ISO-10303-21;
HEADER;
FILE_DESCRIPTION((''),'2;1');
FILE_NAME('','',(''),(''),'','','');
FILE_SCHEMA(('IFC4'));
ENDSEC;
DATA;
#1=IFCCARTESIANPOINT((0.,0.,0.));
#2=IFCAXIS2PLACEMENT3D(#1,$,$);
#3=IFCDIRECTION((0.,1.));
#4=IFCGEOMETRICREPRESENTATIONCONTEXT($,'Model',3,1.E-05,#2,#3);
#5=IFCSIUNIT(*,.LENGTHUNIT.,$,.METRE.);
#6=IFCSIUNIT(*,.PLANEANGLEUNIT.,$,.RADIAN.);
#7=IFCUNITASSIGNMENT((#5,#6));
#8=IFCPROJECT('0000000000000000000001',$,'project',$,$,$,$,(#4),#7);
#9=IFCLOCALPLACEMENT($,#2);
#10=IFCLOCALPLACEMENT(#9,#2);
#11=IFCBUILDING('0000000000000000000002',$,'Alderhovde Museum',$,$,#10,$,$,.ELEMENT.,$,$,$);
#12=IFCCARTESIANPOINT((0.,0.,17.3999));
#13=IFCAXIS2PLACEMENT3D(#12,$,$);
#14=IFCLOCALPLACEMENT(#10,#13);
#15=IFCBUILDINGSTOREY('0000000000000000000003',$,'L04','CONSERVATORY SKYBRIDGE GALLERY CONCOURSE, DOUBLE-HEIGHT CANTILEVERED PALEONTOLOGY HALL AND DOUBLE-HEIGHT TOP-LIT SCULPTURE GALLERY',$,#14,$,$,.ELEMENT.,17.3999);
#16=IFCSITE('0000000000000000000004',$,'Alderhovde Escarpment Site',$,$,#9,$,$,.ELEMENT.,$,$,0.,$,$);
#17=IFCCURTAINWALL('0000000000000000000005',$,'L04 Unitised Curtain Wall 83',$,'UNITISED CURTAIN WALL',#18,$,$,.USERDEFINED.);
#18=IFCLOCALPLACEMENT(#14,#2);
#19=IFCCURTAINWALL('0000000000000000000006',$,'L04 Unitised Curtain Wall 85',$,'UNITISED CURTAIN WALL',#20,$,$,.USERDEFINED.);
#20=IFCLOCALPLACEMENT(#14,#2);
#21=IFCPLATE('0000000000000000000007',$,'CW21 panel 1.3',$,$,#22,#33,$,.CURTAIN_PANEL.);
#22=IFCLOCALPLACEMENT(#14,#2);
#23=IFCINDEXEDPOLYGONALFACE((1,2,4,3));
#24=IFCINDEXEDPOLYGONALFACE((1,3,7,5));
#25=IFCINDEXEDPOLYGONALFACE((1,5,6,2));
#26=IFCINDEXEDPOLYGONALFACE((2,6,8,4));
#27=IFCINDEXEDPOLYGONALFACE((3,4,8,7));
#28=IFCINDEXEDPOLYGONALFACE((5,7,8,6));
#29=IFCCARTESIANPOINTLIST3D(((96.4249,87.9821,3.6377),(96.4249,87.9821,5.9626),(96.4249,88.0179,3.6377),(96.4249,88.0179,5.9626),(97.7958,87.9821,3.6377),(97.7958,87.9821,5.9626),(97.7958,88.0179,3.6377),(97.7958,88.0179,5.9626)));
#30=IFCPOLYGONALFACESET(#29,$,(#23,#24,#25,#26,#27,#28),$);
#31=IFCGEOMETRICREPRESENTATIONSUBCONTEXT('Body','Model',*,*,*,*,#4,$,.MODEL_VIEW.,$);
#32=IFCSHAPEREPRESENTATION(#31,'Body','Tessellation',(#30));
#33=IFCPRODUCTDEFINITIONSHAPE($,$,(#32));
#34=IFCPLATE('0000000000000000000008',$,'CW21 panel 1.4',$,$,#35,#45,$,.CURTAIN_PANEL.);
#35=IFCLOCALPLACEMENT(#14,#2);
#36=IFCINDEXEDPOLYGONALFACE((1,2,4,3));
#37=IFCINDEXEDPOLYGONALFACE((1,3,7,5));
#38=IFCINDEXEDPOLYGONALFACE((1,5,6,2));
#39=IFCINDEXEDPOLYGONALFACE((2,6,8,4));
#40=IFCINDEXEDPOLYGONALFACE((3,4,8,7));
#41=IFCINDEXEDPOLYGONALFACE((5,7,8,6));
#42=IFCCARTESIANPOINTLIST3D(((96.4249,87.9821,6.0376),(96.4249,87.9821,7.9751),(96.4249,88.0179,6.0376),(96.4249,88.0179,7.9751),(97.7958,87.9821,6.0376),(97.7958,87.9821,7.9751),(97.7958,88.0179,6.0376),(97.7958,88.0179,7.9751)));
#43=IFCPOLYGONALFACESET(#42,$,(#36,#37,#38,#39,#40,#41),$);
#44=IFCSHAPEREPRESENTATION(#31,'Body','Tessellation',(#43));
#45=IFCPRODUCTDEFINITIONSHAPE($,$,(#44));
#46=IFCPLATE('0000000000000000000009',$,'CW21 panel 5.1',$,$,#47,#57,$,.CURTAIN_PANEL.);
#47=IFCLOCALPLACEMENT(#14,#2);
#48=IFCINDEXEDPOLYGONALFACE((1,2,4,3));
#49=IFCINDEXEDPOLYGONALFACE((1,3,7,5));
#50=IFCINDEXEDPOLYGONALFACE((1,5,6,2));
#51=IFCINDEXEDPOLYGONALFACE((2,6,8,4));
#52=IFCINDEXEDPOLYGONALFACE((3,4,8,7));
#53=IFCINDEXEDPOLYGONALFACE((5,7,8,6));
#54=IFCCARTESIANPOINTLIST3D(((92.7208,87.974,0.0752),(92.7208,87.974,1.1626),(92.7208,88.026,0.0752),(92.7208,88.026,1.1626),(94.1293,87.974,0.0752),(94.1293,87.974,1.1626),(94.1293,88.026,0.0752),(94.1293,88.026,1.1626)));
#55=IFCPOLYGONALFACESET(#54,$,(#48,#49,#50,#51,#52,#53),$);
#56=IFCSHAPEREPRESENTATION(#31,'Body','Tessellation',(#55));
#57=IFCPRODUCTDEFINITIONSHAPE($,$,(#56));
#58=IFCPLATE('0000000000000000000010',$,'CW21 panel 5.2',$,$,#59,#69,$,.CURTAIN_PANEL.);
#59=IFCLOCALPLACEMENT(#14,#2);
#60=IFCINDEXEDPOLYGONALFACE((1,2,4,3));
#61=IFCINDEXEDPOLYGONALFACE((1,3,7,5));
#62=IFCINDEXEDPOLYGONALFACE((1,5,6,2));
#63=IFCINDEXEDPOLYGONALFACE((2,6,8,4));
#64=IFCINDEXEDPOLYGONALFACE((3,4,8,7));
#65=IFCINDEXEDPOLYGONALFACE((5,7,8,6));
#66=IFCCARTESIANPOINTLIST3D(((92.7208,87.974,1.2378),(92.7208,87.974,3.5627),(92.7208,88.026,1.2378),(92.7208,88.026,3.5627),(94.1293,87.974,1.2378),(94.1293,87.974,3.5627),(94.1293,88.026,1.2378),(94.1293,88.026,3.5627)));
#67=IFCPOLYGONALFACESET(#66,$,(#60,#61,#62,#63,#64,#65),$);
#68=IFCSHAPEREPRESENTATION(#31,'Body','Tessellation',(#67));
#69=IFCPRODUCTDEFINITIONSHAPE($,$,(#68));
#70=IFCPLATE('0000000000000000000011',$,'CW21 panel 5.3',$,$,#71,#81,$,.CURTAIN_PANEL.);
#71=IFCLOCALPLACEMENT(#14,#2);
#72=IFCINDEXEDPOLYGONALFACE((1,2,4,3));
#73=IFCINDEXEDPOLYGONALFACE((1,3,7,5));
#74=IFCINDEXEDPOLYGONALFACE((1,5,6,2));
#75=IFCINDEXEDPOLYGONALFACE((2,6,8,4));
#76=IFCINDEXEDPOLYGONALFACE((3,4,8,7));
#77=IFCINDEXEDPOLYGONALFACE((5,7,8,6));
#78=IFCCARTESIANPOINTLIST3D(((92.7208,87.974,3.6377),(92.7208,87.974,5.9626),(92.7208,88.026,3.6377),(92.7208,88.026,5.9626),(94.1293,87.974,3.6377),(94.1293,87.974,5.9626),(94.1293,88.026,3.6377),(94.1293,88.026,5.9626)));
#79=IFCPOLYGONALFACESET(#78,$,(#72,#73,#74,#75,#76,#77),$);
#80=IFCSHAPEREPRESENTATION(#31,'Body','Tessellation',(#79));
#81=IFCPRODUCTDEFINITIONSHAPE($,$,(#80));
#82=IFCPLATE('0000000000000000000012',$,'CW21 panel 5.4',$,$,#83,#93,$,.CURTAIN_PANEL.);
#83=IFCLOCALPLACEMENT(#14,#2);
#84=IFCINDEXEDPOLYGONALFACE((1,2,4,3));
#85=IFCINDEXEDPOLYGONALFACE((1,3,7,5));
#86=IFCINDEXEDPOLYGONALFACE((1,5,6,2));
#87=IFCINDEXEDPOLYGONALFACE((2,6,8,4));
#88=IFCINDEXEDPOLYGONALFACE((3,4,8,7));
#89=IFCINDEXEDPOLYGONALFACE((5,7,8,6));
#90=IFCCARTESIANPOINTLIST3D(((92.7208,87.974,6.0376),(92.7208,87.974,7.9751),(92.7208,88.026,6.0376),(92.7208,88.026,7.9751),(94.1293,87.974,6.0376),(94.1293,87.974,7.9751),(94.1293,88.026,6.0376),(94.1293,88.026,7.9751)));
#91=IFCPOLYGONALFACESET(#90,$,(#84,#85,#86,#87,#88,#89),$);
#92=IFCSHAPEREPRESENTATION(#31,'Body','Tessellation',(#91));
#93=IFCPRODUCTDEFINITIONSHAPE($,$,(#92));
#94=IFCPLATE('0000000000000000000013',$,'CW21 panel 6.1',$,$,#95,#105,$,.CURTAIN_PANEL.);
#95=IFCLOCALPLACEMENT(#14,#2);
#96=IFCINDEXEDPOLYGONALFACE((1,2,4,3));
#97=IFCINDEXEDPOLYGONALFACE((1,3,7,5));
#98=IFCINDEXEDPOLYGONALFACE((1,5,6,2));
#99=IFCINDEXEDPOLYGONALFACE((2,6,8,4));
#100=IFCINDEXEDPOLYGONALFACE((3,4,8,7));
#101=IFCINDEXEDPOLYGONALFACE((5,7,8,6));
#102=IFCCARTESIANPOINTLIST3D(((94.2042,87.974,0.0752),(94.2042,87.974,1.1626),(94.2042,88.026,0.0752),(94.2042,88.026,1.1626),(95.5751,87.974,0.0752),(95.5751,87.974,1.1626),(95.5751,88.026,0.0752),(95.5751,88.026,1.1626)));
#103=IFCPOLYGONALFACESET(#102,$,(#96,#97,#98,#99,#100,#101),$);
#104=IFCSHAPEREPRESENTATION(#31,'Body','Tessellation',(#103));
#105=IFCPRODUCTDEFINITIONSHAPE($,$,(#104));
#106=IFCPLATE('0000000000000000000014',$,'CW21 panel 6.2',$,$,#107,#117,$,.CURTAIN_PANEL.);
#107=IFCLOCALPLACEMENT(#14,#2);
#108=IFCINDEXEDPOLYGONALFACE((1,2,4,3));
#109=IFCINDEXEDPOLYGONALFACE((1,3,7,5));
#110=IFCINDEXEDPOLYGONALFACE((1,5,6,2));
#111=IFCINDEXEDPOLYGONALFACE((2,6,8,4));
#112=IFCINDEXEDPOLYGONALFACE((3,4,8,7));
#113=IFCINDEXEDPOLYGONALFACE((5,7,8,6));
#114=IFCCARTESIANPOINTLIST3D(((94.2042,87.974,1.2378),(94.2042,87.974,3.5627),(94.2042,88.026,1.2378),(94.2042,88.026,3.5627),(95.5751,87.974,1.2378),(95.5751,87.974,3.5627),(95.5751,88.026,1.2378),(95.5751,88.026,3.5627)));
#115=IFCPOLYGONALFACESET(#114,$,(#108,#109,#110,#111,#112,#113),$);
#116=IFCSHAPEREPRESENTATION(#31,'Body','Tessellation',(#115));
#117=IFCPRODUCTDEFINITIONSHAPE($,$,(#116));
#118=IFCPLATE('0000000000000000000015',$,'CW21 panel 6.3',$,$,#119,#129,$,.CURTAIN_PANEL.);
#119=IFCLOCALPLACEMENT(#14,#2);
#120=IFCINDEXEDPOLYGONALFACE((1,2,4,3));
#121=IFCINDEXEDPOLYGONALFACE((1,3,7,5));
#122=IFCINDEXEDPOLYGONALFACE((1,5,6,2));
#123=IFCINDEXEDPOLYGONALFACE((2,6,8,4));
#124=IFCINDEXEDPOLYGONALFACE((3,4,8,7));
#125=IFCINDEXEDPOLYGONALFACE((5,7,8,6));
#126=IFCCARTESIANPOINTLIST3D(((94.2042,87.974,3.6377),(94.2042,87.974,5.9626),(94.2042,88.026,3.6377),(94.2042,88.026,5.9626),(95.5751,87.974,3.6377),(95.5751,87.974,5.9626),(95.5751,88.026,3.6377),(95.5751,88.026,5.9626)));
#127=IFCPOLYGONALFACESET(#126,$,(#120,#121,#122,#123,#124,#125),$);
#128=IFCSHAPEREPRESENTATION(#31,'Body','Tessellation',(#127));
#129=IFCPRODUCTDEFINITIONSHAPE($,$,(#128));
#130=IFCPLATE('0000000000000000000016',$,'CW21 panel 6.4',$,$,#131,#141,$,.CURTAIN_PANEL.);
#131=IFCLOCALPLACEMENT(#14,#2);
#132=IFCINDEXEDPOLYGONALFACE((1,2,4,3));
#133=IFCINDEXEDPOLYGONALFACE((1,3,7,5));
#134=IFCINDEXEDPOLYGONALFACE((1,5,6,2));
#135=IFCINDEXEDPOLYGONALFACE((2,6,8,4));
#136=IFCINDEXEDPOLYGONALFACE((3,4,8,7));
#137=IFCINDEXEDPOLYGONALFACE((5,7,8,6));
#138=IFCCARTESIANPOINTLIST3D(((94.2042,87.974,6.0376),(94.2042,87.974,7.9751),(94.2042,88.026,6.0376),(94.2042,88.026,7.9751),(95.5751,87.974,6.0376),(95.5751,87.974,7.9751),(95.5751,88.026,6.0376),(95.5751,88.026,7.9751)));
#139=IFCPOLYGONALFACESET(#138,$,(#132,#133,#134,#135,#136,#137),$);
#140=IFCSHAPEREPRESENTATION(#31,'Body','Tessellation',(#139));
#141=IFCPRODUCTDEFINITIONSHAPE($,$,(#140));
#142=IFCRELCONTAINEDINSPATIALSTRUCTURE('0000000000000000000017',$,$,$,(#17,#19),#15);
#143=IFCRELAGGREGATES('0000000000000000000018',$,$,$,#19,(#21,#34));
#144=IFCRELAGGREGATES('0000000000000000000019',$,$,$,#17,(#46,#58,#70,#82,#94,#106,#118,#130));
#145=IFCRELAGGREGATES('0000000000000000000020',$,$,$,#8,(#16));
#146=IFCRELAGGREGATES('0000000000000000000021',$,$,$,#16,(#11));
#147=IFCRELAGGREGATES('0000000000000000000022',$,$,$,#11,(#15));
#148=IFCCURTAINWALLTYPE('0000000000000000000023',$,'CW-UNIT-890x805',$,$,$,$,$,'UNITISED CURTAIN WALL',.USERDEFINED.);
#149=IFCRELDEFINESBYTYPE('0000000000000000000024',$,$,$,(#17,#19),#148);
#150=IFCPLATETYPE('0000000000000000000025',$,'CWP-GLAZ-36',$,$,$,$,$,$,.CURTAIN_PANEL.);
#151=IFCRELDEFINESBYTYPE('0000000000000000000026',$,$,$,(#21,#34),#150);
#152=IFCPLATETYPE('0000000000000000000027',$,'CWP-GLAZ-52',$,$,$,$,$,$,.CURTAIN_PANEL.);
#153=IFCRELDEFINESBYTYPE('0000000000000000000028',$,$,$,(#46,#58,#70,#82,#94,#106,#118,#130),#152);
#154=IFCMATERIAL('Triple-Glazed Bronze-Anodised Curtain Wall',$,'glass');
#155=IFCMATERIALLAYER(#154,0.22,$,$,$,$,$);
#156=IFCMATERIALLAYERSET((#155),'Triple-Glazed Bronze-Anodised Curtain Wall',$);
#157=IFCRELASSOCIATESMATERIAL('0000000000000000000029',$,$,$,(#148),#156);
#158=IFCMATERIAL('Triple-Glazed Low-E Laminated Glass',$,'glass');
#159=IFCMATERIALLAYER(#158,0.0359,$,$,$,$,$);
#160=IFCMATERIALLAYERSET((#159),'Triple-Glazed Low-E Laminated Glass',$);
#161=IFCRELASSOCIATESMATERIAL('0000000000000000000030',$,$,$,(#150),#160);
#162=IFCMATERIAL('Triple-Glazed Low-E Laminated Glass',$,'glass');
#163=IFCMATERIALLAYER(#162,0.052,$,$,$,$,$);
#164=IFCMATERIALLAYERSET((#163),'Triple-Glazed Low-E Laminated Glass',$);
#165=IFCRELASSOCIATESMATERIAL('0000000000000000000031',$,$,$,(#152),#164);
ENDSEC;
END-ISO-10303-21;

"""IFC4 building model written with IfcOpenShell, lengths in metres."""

from ifc_helpers import new_model, si_unit, direction, frame, origin, origin_2d, place, context, subcontext, project, spatial, rectangle, extrude, material, layer, layer_set, type_object, element, aggregate, save


model = new_model("IFC4")

# Units and contexts
model_context = context("Model", 3, precision=1e-05, world=origin(), true_north=direction((0.0, 1.0)))
body_context = subcontext(model_context, "Body", "Model", "MODEL_VIEW")
ifc_project = project(units=[si_unit("LENGTHUNIT", "METRE"), si_unit("PLANEANGLEUNIT", "RADIAN")], contexts=[model_context])

# Site, building, storey
site_placement = place(None, origin())
site = spatial("IfcSite", under=ifc_project, at=site_placement, Name="Alderhovde Escarpment Site", CompositionType="ELEMENT", RefElevation=0.0)
building_placement = place(site_placement, origin())
building = spatial("IfcBuilding", under=site, at=building_placement, Name="Alderhovde Museum", CompositionType="ELEMENT")
storey_placement = place(building_placement, frame((0.0, 0.0, 17.3999)))
storey = spatial("IfcBuildingStorey", under=building, at=storey_placement, Name="L04", Description="CONSERVATORY SKYBRIDGE GALLERY CONCOURSE, DOUBLE-HEIGHT CANTILEVERED PALEONTOLOGY HALL AND DOUBLE-HEIGHT TOP-LIT SCULPTURE GALLERY", CompositionType="ELEMENT", Elevation=17.3999)

# Curtain walls
ifc_material_1 = material(Name="Triple-Glazed Bronze-Anodised Curtain Wall", Category="glass")
ifc_layer_1 = layer(ifc_material_1, 0.22)
ifc_layer_set_1 = layer_set([ifc_layer_1], Name="Triple-Glazed Bronze-Anodised Curtain Wall")
curtain_wall_type = type_object("IfcCurtainWallType", Name="CW-UNIT-890x805", ElementType="UNITISED CURTAIN WALL", PredefinedType="USERDEFINED", material=ifc_layer_set_1)
curtain_wall_1_placement = place(storey_placement, origin())
curtain_wall_1 = element("IfcCurtainWall", 1, at=curtain_wall_1_placement, inside=storey, type_object=curtain_wall_type, Name="L04 Unitised Curtain Wall 83", ObjectType="UNITISED CURTAIN WALL", PredefinedType="USERDEFINED")
curtain_wall_2_placement = place(storey_placement, origin())
curtain_wall_2 = element("IfcCurtainWall", 2, at=curtain_wall_2_placement, inside=storey, type_object=curtain_wall_type, Name="L04 Unitised Curtain Wall 85", ObjectType="UNITISED CURTAIN WALL", PredefinedType="USERDEFINED")

# Plates
ifc_material_2 = material(Name="Triple-Glazed Low-E Laminated Glass", Category="glass")
ifc_layer_2 = layer(ifc_material_2, 0.0359)
ifc_layer_set_2 = layer_set([ifc_layer_2], Name="Triple-Glazed Low-E Laminated Glass")
plate_type_1 = type_object("IfcPlateType", Name="CWP-GLAZ-36", PredefinedType="CURTAIN_PANEL", material=ifc_layer_set_2)
plate_1_placement = place(storey_placement, frame((97.1104, 88.0, 3.6377), z_axis=(0.0, 0.0, 1.0), x_axis=(1.0, 0.0, 0.0)))
plate_1 = element("IfcPlate", 3, at=plate_1_placement, type_object=plate_type_1, Name="CW21 panel 1.3", PredefinedType="CURTAIN_PANEL", context=body_context, shape_type="SweptSolid", body=[
    extrude(rectangle(XDim=1.3708, YDim=0.0359, at=origin_2d()), origin(), (0.0, 0.0, 1.0), 2.325),
])
plate_2_placement = place(storey_placement, frame((97.1104, 88.0, 6.0376), z_axis=(0.0, 0.0, 1.0), x_axis=(1.0, 0.0, 0.0)))
plate_2 = element("IfcPlate", 4, at=plate_2_placement, type_object=plate_type_1, Name="CW21 panel 1.4", PredefinedType="CURTAIN_PANEL", context=body_context, shape_type="SweptSolid", body=[
    extrude(rectangle(XDim=1.3708, YDim=0.0359, at=origin_2d()), origin(), (0.0, 0.0, 1.0), 1.9375),
])
aggregate(curtain_wall_2, [plate_1, plate_2])
ifc_material_3 = material(Name="Triple-Glazed Low-E Laminated Glass", Category="glass")
ifc_layer_3 = layer(ifc_material_3, 0.052)
ifc_layer_set_3 = layer_set([ifc_layer_3], Name="Triple-Glazed Low-E Laminated Glass")
plate_type_2 = type_object("IfcPlateType", Name="CWP-GLAZ-52", PredefinedType="CURTAIN_PANEL", material=ifc_layer_set_3)
plate_3_placement = place(storey_placement, frame((93.425, 88.0, 0.0752), z_axis=(0.0, 0.0, 1.0), x_axis=(1.0, 0.0, 0.0)))
plate_3 = element("IfcPlate", 5, at=plate_3_placement, type_object=plate_type_2, Name="CW21 panel 5.1", PredefinedType="CURTAIN_PANEL", context=body_context, shape_type="SweptSolid", body=[
    extrude(rectangle(XDim=1.4084, YDim=0.052, at=origin_2d()), origin(), (0.0, 0.0, 1.0), 1.0874),
])
plate_4_placement = place(storey_placement, frame((93.425, 88.0, 1.2378), z_axis=(0.0, 0.0, 1.0), x_axis=(1.0, 0.0, 0.0)))
plate_4 = element("IfcPlate", 6, at=plate_4_placement, type_object=plate_type_2, Name="CW21 panel 5.2", PredefinedType="CURTAIN_PANEL", context=body_context, shape_type="SweptSolid", body=[
    extrude(rectangle(XDim=1.4084, YDim=0.052, at=origin_2d()), origin(), (0.0, 0.0, 1.0), 2.325),
])
plate_5_placement = place(storey_placement, frame((93.425, 88.0, 3.6377), z_axis=(0.0, 0.0, 1.0), x_axis=(1.0, 0.0, 0.0)))
plate_5 = element("IfcPlate", 7, at=plate_5_placement, type_object=plate_type_2, Name="CW21 panel 5.3", PredefinedType="CURTAIN_PANEL", context=body_context, shape_type="SweptSolid", body=[
    extrude(rectangle(XDim=1.4084, YDim=0.052, at=origin_2d()), origin(), (0.0, 0.0, 1.0), 2.325),
])
plate_6_placement = place(storey_placement, frame((93.425, 88.0, 6.0376), z_axis=(0.0, 0.0, 1.0), x_axis=(1.0, 0.0, 0.0)))
plate_6 = element("IfcPlate", 8, at=plate_6_placement, type_object=plate_type_2, Name="CW21 panel 5.4", PredefinedType="CURTAIN_PANEL", context=body_context, shape_type="SweptSolid", body=[
    extrude(rectangle(XDim=1.4084, YDim=0.052, at=origin_2d()), origin(), (0.0, 0.0, 1.0), 1.9375),
])
plate_7_placement = place(storey_placement, frame((94.8896, 88.0, 0.0752), z_axis=(0.0, 0.0, 1.0), x_axis=(1.0, 0.0, 0.0)))
plate_7 = element("IfcPlate", 9, at=plate_7_placement, type_object=plate_type_2, Name="CW21 panel 6.1", PredefinedType="CURTAIN_PANEL", context=body_context, shape_type="SweptSolid", body=[
    extrude(rectangle(XDim=1.3708, YDim=0.052, at=origin_2d()), origin(), (0.0, 0.0, 1.0), 1.0874),
])
plate_8_placement = place(storey_placement, frame((94.8896, 88.0, 1.2378), z_axis=(0.0, 0.0, 1.0), x_axis=(1.0, 0.0, 0.0)))
plate_8 = element("IfcPlate", 10, at=plate_8_placement, type_object=plate_type_2, Name="CW21 panel 6.2", PredefinedType="CURTAIN_PANEL", context=body_context, shape_type="SweptSolid", body=[
    extrude(rectangle(XDim=1.3708, YDim=0.052, at=origin_2d()), origin(), (0.0, 0.0, 1.0), 2.325),
])
plate_9_placement = place(storey_placement, frame((94.8896, 88.0, 3.6377), z_axis=(0.0, 0.0, 1.0), x_axis=(1.0, 0.0, 0.0)))
plate_9 = element("IfcPlate", 11, at=plate_9_placement, type_object=plate_type_2, Name="CW21 panel 6.3", PredefinedType="CURTAIN_PANEL", context=body_context, shape_type="SweptSolid", body=[
    extrude(rectangle(XDim=1.3708, YDim=0.052, at=origin_2d()), origin(), (0.0, 0.0, 1.0), 2.325),
])
plate_10_placement = place(storey_placement, frame((94.8896, 88.0, 6.0376), z_axis=(0.0, 0.0, 1.0), x_axis=(1.0, 0.0, 0.0)))
plate_10 = element("IfcPlate", 12, at=plate_10_placement, type_object=plate_type_2, Name="CW21 panel 6.4", PredefinedType="CURTAIN_PANEL", context=body_context, shape_type="SweptSolid", body=[
    extrude(rectangle(XDim=1.3708, YDim=0.052, at=origin_2d()), origin(), (0.0, 0.0, 1.0), 1.9375),
])
aggregate(curtain_wall_1, [plate_3, plate_4, plate_5, plate_6, plate_7, plate_8, plate_9, plate_10])

save(model, "model.ifc")
